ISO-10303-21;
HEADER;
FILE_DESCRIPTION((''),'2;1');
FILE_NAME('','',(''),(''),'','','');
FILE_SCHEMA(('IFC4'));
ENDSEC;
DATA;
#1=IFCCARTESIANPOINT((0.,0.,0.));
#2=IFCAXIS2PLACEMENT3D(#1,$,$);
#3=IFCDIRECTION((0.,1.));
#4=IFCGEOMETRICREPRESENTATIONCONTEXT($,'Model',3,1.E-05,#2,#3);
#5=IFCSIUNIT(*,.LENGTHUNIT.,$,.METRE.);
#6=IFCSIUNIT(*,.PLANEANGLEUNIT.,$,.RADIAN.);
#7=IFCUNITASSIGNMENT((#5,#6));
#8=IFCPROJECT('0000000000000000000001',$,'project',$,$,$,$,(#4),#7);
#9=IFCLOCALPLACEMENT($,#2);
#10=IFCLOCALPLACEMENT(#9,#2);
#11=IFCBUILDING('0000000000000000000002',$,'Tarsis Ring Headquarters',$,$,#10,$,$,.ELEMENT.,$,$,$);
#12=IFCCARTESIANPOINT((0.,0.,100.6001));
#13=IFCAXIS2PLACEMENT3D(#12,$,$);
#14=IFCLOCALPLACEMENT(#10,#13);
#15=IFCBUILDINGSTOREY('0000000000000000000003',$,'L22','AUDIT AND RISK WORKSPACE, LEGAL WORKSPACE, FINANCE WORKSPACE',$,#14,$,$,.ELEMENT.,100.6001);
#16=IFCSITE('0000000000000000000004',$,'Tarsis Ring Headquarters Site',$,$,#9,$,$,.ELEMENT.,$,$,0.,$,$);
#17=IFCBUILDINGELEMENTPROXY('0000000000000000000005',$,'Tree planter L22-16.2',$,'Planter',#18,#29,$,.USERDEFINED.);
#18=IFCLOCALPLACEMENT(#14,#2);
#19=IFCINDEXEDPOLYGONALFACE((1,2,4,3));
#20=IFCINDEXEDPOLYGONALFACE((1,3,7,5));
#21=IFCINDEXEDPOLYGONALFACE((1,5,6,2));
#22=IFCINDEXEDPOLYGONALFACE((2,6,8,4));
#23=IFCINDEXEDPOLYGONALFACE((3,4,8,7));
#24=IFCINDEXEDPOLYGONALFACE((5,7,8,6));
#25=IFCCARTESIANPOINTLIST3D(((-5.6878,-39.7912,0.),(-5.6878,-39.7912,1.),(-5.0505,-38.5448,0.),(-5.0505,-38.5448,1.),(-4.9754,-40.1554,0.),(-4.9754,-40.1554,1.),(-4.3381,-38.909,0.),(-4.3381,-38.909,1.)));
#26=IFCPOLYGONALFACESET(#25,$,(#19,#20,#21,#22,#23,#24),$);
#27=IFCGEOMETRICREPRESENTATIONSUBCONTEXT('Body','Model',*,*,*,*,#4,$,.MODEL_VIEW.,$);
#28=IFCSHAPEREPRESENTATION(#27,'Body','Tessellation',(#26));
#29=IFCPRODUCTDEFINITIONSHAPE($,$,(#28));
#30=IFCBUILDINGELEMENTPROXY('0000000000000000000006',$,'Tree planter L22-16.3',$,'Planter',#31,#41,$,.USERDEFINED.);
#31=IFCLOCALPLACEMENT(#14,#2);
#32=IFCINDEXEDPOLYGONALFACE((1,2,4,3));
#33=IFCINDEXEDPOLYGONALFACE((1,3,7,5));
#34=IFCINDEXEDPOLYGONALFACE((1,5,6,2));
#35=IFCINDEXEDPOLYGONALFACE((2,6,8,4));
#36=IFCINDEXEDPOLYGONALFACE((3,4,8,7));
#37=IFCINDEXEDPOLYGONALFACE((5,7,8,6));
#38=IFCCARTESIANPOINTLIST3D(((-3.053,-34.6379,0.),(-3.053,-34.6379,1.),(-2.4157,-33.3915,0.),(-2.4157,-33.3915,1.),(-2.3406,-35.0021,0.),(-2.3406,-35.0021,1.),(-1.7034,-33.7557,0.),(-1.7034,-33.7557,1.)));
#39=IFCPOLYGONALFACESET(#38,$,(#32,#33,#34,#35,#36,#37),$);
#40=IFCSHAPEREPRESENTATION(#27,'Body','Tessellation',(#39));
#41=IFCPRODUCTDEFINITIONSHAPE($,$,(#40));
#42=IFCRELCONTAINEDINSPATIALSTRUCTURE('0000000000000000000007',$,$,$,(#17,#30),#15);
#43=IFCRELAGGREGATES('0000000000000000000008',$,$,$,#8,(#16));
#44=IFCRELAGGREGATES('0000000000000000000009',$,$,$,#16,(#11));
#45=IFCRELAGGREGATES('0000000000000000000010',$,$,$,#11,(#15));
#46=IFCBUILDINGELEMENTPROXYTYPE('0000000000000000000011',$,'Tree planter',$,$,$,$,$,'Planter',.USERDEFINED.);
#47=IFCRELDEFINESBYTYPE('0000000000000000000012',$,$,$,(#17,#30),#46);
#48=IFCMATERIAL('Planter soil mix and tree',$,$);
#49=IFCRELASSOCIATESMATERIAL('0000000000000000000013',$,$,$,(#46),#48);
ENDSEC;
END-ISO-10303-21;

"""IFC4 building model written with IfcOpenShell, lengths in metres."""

from ifc_helpers import new_model, si_unit, direction, frame, origin, origin_2d, place, context, subcontext, project, spatial, rectangle, extrude, material, type_object, element, save


model = new_model("IFC4")

# Units and contexts
model_context = context("Model", 3, precision=1e-05, world=origin(), true_north=direction((0.0, 1.0)))
body_context = subcontext(model_context, "Body", "Model", "MODEL_VIEW")
ifc_project = project(units=[si_unit("LENGTHUNIT", "METRE"), si_unit("PLANEANGLEUNIT", "RADIAN")], contexts=[model_context])

# Site, building, storey
site_placement = place(None, origin())
site = spatial("IfcSite", under=ifc_project, at=site_placement, Name="Tarsis Ring Headquarters Site", CompositionType="ELEMENT", RefElevation=0.0)
building_placement = place(site_placement, origin())
building = spatial("IfcBuilding", under=site, at=building_placement, Name="Tarsis Ring Headquarters", CompositionType="ELEMENT")
storey_placement = place(building_placement, frame((0.0, 0.0, 100.6001)))
storey = spatial("IfcBuildingStorey", under=building, at=storey_placement, Name="L22", Description="AUDIT AND RISK WORKSPACE, LEGAL WORKSPACE, FINANCE WORKSPACE", CompositionType="ELEMENT", Elevation=100.6001)

# Building element proxies
ifc_material_1 = material(Name="Planter soil mix and tree")
building_element_proxy_type_1 = type_object("IfcBuildingElementProxyType", Name="Tree planter", ElementType="Planter", PredefinedType="USERDEFINED", material=ifc_material_1)
for number, where, z_axis, x_axis, name in (
    (1, (-5.0129, -39.3501, 0.0), (0.0, 0.0, 1.0), (0.455234, 0.890372, 0.0), "Tree planter L22-16.2"),
    (2, (-2.3782, -34.1968, 0.0), (0.0, 0.0, 1.0), (0.455234, 0.890372, 0.0), "Tree planter L22-16.3"),
):
    element("IfcBuildingElementProxy", number, at=place(storey_placement, frame(where, z_axis=z_axis, x_axis=x_axis)), inside=storey, type_object=building_element_proxy_type_1, Name=name, ObjectType="Planter", PredefinedType="USERDEFINED", context=body_context, shape_type="SweptSolid", body=[
        extrude(rectangle(XDim=1.3999, YDim=0.8, at=origin_2d()), origin(), (0.0, 0.0, 1.0), 1.0),
    ])

save(model, "model.ifc")
